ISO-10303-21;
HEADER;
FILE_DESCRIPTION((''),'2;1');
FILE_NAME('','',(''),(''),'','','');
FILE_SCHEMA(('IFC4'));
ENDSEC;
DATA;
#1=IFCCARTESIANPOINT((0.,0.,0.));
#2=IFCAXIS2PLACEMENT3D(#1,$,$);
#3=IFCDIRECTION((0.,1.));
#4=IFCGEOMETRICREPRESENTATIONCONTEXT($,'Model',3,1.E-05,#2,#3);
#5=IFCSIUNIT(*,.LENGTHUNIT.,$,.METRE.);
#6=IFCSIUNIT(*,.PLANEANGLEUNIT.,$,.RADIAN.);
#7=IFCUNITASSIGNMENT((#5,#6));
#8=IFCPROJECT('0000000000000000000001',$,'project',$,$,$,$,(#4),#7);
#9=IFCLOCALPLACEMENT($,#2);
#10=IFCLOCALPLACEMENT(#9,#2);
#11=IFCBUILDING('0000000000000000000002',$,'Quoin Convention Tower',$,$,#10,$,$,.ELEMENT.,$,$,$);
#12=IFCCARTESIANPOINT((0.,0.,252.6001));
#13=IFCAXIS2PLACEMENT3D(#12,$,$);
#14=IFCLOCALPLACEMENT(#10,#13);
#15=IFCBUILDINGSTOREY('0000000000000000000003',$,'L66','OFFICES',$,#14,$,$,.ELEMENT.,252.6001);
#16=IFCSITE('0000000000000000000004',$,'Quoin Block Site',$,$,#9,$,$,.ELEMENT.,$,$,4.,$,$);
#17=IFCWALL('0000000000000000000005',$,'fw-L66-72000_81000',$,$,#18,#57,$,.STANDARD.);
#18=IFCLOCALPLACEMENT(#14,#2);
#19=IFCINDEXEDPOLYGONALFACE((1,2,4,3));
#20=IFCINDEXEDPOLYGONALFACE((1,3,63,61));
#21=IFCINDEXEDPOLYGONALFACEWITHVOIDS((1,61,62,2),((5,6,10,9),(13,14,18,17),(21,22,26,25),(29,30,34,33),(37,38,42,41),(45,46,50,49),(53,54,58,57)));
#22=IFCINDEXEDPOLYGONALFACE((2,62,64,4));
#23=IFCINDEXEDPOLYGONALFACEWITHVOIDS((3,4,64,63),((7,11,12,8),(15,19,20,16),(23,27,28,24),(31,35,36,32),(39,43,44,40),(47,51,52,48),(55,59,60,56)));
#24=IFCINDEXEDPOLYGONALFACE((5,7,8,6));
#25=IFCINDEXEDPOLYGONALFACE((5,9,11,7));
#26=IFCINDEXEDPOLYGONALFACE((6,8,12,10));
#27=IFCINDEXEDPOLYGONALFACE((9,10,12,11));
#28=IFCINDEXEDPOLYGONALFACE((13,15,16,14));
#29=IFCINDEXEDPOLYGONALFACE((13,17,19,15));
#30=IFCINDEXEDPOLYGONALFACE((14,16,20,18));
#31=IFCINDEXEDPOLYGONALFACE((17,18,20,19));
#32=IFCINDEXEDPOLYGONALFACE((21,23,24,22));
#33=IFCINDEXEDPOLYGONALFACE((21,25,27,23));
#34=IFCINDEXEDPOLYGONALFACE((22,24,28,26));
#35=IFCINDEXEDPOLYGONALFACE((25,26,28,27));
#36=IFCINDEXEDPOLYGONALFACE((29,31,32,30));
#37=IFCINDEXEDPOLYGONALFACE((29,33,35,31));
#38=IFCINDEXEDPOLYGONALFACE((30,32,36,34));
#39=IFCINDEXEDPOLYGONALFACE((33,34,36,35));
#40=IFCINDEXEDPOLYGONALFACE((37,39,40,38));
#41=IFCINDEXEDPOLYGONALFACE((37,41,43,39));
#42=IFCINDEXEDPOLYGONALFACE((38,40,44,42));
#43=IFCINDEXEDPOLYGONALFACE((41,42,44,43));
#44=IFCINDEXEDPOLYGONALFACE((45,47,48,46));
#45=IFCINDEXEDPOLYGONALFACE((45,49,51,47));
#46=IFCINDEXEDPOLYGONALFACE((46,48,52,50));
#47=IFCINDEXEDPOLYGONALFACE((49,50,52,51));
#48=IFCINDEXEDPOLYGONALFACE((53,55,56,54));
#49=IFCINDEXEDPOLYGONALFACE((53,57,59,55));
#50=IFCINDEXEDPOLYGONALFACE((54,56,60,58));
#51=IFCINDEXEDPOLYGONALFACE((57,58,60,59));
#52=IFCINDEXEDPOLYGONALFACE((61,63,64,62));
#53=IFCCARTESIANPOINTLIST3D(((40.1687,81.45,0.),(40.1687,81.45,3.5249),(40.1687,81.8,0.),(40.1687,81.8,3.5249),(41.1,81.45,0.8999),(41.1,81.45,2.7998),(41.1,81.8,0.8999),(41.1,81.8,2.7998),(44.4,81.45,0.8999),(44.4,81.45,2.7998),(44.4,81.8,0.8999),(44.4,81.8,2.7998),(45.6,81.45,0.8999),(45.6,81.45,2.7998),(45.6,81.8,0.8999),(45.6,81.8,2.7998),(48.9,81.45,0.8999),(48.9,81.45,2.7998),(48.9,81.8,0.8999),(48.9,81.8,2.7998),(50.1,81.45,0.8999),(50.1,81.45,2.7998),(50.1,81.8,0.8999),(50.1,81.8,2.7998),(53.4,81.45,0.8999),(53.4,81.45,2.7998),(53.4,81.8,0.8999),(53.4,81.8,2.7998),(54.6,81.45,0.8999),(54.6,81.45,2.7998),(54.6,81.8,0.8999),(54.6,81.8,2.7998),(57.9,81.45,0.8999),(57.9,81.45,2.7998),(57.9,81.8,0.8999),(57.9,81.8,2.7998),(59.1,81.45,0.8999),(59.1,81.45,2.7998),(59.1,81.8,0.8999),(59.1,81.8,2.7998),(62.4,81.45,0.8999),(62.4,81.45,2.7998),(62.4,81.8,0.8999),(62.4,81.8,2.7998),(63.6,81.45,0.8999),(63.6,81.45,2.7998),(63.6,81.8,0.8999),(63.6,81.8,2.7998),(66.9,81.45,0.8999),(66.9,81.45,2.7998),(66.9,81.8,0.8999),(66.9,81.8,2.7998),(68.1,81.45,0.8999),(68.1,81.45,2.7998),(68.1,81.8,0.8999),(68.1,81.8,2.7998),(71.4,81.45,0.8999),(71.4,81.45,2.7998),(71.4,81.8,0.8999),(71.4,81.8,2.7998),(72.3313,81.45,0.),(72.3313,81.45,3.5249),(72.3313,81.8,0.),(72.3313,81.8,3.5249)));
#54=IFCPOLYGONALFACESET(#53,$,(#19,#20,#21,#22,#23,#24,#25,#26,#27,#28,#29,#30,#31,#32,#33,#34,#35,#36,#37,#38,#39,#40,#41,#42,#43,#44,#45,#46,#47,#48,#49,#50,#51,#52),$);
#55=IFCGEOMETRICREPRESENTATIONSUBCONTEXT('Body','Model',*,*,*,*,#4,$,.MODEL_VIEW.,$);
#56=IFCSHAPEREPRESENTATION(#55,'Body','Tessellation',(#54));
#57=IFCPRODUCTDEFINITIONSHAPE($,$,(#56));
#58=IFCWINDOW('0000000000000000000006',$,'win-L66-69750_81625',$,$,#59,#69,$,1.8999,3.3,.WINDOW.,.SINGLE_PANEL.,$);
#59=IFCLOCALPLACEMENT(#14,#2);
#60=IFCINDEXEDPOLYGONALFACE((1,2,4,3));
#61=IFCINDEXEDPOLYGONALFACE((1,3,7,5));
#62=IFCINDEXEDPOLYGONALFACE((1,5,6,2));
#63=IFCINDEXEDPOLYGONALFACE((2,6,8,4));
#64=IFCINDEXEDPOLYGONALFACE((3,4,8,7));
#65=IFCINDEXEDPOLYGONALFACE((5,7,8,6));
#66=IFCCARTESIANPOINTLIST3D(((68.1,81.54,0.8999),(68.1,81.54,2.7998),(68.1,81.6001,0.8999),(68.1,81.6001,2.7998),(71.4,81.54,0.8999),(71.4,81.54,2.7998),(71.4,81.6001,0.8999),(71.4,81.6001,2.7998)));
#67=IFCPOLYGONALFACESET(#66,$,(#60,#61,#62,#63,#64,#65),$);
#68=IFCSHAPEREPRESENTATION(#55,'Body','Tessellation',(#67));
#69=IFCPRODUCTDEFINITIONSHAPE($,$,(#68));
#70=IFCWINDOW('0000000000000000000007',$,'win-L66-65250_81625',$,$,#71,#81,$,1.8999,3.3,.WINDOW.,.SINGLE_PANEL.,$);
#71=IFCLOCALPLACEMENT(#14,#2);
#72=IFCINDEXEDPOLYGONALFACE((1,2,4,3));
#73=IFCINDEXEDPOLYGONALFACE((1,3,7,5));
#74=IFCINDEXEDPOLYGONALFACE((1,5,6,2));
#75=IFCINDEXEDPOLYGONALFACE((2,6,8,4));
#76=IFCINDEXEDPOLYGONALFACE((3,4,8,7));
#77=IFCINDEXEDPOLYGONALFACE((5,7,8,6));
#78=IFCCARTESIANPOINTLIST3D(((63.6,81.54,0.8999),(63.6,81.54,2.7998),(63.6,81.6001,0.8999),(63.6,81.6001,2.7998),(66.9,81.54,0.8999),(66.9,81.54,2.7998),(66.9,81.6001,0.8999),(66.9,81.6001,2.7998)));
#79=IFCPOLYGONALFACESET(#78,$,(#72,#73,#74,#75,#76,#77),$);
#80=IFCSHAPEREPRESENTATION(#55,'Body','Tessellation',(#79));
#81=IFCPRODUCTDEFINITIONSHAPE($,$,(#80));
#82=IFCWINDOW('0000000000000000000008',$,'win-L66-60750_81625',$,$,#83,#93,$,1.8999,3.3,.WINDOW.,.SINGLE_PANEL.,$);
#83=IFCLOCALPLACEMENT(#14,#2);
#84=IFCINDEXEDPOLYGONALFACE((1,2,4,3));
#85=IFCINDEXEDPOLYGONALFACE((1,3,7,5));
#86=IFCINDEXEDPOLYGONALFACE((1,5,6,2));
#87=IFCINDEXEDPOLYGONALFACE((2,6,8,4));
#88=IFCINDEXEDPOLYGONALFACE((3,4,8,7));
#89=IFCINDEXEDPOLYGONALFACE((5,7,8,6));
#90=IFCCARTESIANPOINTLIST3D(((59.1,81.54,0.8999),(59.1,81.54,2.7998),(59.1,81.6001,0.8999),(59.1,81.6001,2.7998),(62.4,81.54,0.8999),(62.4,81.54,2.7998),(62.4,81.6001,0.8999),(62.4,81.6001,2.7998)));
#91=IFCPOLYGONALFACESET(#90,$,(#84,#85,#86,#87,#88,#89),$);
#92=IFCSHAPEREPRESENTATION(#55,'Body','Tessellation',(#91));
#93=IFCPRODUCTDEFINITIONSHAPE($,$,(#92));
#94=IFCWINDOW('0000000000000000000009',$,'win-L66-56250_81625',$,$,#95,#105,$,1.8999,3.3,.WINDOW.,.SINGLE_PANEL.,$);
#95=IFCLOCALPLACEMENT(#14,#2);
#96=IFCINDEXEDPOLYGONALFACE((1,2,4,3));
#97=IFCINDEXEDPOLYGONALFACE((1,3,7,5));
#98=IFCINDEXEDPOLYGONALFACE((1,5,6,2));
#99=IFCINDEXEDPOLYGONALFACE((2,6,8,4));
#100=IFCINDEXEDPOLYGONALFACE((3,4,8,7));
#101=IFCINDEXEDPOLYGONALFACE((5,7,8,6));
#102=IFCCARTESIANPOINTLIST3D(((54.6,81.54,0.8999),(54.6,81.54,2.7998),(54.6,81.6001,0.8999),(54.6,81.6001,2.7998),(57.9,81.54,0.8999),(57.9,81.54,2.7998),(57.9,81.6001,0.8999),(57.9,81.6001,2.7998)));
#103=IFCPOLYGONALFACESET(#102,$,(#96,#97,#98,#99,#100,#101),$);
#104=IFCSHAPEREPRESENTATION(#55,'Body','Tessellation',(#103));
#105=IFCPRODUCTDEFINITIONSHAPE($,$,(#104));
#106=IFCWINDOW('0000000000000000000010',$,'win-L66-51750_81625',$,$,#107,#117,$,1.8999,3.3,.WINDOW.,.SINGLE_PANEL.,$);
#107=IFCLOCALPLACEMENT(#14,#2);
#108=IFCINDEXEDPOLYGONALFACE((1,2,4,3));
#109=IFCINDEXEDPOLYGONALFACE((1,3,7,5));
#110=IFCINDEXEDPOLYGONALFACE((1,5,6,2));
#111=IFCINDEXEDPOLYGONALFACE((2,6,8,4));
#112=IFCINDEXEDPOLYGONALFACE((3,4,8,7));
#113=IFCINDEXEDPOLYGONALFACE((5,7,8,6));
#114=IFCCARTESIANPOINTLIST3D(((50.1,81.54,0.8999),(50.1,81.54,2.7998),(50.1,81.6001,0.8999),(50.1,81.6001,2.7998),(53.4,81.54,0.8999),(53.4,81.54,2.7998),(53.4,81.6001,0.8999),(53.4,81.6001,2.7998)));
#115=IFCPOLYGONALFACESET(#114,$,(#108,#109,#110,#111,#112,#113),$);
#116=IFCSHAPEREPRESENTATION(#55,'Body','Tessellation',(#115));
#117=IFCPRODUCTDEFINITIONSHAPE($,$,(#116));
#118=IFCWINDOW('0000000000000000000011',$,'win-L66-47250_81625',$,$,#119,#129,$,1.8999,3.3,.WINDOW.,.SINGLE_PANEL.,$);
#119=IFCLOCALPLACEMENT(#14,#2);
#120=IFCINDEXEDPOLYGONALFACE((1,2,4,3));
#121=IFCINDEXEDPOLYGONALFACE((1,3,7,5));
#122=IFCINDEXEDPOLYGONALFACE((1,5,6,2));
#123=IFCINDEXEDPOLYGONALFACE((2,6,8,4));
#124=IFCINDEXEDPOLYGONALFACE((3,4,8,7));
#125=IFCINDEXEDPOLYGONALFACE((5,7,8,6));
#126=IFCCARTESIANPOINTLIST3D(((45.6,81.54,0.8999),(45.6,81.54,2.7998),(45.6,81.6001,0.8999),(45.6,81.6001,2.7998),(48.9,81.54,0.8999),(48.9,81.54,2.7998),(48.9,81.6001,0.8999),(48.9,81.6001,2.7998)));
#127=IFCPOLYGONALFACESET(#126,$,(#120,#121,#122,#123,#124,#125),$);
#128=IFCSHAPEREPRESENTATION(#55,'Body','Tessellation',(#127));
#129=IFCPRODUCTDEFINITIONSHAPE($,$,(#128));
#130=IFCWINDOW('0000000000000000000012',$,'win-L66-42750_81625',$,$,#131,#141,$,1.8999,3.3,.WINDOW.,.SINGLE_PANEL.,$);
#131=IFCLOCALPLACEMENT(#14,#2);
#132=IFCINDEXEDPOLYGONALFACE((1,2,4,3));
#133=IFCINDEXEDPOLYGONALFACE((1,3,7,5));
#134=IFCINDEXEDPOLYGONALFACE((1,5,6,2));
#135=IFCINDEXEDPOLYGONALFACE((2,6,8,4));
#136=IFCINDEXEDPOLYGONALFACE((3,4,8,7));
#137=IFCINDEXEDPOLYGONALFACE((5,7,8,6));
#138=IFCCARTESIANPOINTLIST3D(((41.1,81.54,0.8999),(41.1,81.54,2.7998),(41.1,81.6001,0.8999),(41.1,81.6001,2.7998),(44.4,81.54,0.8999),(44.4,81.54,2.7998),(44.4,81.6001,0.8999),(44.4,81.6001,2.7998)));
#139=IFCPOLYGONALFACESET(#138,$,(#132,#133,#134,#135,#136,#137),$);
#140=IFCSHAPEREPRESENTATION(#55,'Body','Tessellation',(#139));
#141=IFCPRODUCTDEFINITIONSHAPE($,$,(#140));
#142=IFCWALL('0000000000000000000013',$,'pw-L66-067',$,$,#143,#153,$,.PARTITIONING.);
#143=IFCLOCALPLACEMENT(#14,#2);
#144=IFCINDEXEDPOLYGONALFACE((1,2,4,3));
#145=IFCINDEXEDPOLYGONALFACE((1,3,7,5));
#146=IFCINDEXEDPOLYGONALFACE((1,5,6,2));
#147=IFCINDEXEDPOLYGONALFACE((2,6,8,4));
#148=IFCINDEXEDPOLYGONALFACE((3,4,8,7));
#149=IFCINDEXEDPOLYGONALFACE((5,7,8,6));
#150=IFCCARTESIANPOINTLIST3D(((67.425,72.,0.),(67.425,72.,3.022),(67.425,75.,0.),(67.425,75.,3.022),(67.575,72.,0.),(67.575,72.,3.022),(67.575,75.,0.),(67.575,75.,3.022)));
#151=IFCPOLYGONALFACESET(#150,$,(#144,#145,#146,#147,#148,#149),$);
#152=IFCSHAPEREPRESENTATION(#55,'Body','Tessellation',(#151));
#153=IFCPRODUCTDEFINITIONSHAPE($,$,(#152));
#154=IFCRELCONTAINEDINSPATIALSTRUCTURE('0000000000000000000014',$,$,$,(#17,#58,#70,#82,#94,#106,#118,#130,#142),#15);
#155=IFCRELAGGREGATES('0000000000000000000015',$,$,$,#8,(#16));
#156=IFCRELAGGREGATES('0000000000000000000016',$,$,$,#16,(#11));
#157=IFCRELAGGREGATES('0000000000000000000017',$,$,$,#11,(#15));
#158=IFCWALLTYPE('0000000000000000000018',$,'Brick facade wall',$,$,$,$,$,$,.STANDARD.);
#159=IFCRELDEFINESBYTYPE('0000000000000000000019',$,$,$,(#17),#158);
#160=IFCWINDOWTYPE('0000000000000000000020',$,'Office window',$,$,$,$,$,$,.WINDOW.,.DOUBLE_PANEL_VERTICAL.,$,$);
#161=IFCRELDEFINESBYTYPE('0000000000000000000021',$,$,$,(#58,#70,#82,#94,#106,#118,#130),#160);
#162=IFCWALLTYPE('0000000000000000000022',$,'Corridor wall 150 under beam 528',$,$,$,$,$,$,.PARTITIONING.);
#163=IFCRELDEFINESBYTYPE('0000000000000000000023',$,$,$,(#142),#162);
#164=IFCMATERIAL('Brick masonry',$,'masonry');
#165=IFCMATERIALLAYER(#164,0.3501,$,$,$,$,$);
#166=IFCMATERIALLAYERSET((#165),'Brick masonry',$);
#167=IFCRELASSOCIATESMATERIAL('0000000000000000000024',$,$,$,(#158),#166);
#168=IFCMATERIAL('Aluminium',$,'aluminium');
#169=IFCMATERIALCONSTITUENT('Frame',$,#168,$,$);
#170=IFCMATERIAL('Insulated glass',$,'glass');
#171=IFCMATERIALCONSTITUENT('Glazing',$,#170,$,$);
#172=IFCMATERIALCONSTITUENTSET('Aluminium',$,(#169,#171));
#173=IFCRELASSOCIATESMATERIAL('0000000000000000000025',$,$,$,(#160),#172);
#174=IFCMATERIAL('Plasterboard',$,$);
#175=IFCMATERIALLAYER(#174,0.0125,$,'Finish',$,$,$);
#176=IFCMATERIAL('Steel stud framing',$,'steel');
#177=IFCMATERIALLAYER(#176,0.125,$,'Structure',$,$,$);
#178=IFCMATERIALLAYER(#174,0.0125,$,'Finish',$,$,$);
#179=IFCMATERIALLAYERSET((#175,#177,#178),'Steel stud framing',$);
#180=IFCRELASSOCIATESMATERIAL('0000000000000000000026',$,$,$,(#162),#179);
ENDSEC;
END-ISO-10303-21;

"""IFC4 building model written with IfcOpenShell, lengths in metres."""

from ifc_helpers import new_model, si_unit, direction, frame, frame_2d, origin, place, context, subcontext, project, spatial, rectangle, extrude, material, layer, layer_set, constituent, constituent_set, type_object, element, fill, save


model = new_model("IFC4")

# Units and contexts
model_context = context("Model", 3, precision=1e-05, world=origin(), true_north=direction((0.0, 1.0)))
body_context = subcontext(model_context, "Body", "Model", "MODEL_VIEW")
ifc_project = project(units=[si_unit("LENGTHUNIT", "METRE"), si_unit("PLANEANGLEUNIT", "RADIAN")], contexts=[model_context])

# Site, building, storey
site_placement = place(None, origin())
site = spatial("IfcSite", under=ifc_project, at=site_placement, Name="Quoin Block Site", CompositionType="ELEMENT", RefElevation=4.0)
building_placement = place(site_placement, origin())
building = spatial("IfcBuilding", under=site, at=building_placement, Name="Quoin Convention Tower", CompositionType="ELEMENT")
storey_placement = place(building_placement, frame((0.0, 0.0, 252.6001)))
storey = spatial("IfcBuildingStorey", under=building, at=storey_placement, Name="L66", Description="OFFICES", CompositionType="ELEMENT", Elevation=252.6001)

# Shared definitions
ifc_material_1 = material(Name="Plasterboard")
ifc_material_2 = material(Name="Steel stud framing", Category="steel")

# Shared definitions
ifc_material_3 = material(Name="Brick masonry", Category="masonry")
ifc_layer_1 = layer(ifc_material_3, 0.3501)
ifc_layer_set_1 = layer_set([ifc_layer_1], Name="Brick masonry")
wall_type_1 = type_object("IfcWallType", Name="Brick facade wall", PredefinedType="STANDARD", material=ifc_layer_set_1)
ifc_material_4 = material(Name="Aluminium", Category="aluminium")
ifc_constituent_1 = constituent(ifc_material_4, Name="Frame")
ifc_material_5 = material(Name="Insulated glass", Category="glass")
ifc_constituent_2 = constituent(ifc_material_5, Name="Glazing")
ifc_constituent_set = constituent_set(constituents=[ifc_constituent_1, ifc_constituent_2], Name="Aluminium")
window_type = type_object("IfcWindowType", Name="Office window", PartitioningType="DOUBLE_PANEL_VERTICAL", PredefinedType="WINDOW", material=ifc_constituent_set)

# Wall, openings, windows
wall_1_placement = place(storey_placement, frame((72.3313, 81.625, 0.0), z_axis=(0.0, 0.0, 1.0), x_axis=(-1.0, 0.0, 0.0)))
wall_1 = element("IfcWall", 1, at=wall_1_placement, inside=storey, type_object=wall_type_1, Name="fw-L66-72000_81000", PredefinedType="STANDARD", context=body_context, shape_type="SweptSolid", body=[
    extrude(rectangle(XDim=32.1626, YDim=0.3501, at=frame_2d((16.0813, 0.0))), origin(), (0.0, 0.0, 1.0), 3.5249),
])
opening_1_placement = place(wall_1_placement, frame((0.9314, 0.0, 0.8999)))
opening_1 = element("IfcOpeningElement", 2, at=opening_1_placement, cuts=wall_1, PredefinedType="OPENING", context=body_context, shape_type="SweptSolid", body=[
    extrude(rectangle(XDim=3.3, YDim=1.8999, at=frame_2d((1.6499, 0.95))), frame((0.0, 0.1851, 0.0), z_axis=(0.0, -1.0, 0.0), x_axis=(1.0, 0.0, 0.0)), (0.0, 0.0, 1.0), 0.3701),
])
opening_2_placement = place(wall_1_placement, frame((5.4314, 0.0, 0.8999)))
opening_2 = element("IfcOpeningElement", 3, at=opening_2_placement, cuts=wall_1, PredefinedType="OPENING", context=body_context, shape_type="SweptSolid", body=[
    extrude(rectangle(XDim=3.3, YDim=1.8999, at=frame_2d((1.6499, 0.95))), frame((0.0, 0.1851, 0.0), z_axis=(0.0, -1.0, 0.0), x_axis=(1.0, 0.0, 0.0)), (0.0, 0.0, 1.0), 0.3701),
])
opening_3_placement = place(wall_1_placement, frame((9.9314, 0.0, 0.8999)))
opening_3 = element("IfcOpeningElement", 4, at=opening_3_placement, cuts=wall_1, PredefinedType="OPENING", context=body_context, shape_type="SweptSolid", body=[
    extrude(rectangle(XDim=3.3, YDim=1.8999, at=frame_2d((1.6499, 0.95))), frame((0.0, 0.1851, 0.0), z_axis=(0.0, -1.0, 0.0), x_axis=(1.0, 0.0, 0.0)), (0.0, 0.0, 1.0), 0.3701),
])
opening_4_placement = place(wall_1_placement, frame((14.4314, 0.0, 0.8999)))
opening_4 = element("IfcOpeningElement", 5, at=opening_4_placement, cuts=wall_1, PredefinedType="OPENING", context=body_context, shape_type="SweptSolid", body=[
    extrude(rectangle(XDim=3.3, YDim=1.8999, at=frame_2d((1.6499, 0.95))), frame((0.0, 0.1851, 0.0), z_axis=(0.0, -1.0, 0.0), x_axis=(1.0, 0.0, 0.0)), (0.0, 0.0, 1.0), 0.3701),
])
opening_5_placement = place(wall_1_placement, frame((18.9314, 0.0, 0.8999)))
opening_5 = element("IfcOpeningElement", 6, at=opening_5_placement, cuts=wall_1, PredefinedType="OPENING", context=body_context, shape_type="SweptSolid", body=[
    extrude(rectangle(XDim=3.3, YDim=1.8999, at=frame_2d((1.6499, 0.95))), frame((0.0, 0.1851, 0.0), z_axis=(0.0, -1.0, 0.0), x_axis=(1.0, 0.0, 0.0)), (0.0, 0.0, 1.0), 0.3701),
])
opening_6_placement = place(wall_1_placement, frame((23.4314, 0.0, 0.8999)))
opening_6 = element("IfcOpeningElement", 7, at=opening_6_placement, cuts=wall_1, PredefinedType="OPENING", context=body_context, shape_type="SweptSolid", body=[
    extrude(rectangle(XDim=3.3, YDim=1.8999, at=frame_2d((1.6499, 0.95))), frame((0.0, 0.1851, 0.0), z_axis=(0.0, -1.0, 0.0), x_axis=(1.0, 0.0, 0.0)), (0.0, 0.0, 1.0), 0.3701),
])
opening_7_placement = place(wall_1_placement, frame((27.9314, 0.0, 0.8999)))
opening_7 = element("IfcOpeningElement", 8, at=opening_7_placement, cuts=wall_1, PredefinedType="OPENING", context=body_context, shape_type="SweptSolid", body=[
    extrude(rectangle(XDim=3.3, YDim=1.8999, at=frame_2d((1.6499, 0.95))), frame((0.0, 0.1851, 0.0), z_axis=(0.0, -1.0, 0.0), x_axis=(1.0, 0.0, 0.0)), (0.0, 0.0, 1.0), 0.3701),
])
window_1_placement = place(opening_1_placement, origin())
window_1 = element("IfcWindow", 9, at=window_1_placement, inside=storey, type_object=window_type, Name="win-L66-69750_81625", OverallHeight=1.8999, OverallWidth=3.3, PartitioningType="SINGLE_PANEL", PredefinedType="WINDOW", context=body_context, shape_type="SweptSolid", body=[
    extrude(rectangle(XDim=3.3, YDim=1.8999, at=frame_2d((1.6499, 0.95))), frame((0.0, 0.085, 0.0), z_axis=(0.0, -1.0, 0.0), x_axis=(1.0, 0.0, 0.0)), (0.0, 0.0, 1.0), 0.0601),
])
fill(opening_1, window_1)
window_2_placement = place(opening_2_placement, origin())
window_2 = element("IfcWindow", 10, at=window_2_placement, inside=storey, type_object=window_type, Name="win-L66-65250_81625", OverallHeight=1.8999, OverallWidth=3.3, PartitioningType="SINGLE_PANEL", PredefinedType="WINDOW", context=body_context, shape_type="SweptSolid", body=[
    extrude(rectangle(XDim=3.3, YDim=1.8999, at=frame_2d((1.6499, 0.95))), frame((0.0, 0.085, 0.0), z_axis=(0.0, -1.0, 0.0), x_axis=(1.0, 0.0, 0.0)), (0.0, 0.0, 1.0), 0.0601),
])
fill(opening_2, window_2)
window_3_placement = place(opening_3_placement, origin())
window_3 = element("IfcWindow", 11, at=window_3_placement, inside=storey, type_object=window_type, Name="win-L66-60750_81625", OverallHeight=1.8999, OverallWidth=3.3, PartitioningType="SINGLE_PANEL", PredefinedType="WINDOW", context=body_context, shape_type="SweptSolid", body=[
    extrude(rectangle(XDim=3.3, YDim=1.8999, at=frame_2d((1.6499, 0.95))), frame((0.0, 0.085, 0.0), z_axis=(0.0, -1.0, 0.0), x_axis=(1.0, 0.0, 0.0)), (0.0, 0.0, 1.0), 0.0601),
])
fill(opening_3, window_3)
window_4_placement = place(opening_4_placement, origin())
window_4 = element("IfcWindow", 12, at=window_4_placement, inside=storey, type_object=window_type, Name="win-L66-56250_81625", OverallHeight=1.8999, OverallWidth=3.3, PartitioningType="SINGLE_PANEL", PredefinedType="WINDOW", context=body_context, shape_type="SweptSolid", body=[
    extrude(rectangle(XDim=3.3, YDim=1.8999, at=frame_2d((1.6499, 0.95))), frame((0.0, 0.085, 0.0), z_axis=(0.0, -1.0, 0.0), x_axis=(1.0, 0.0, 0.0)), (0.0, 0.0, 1.0), 0.0601),
])
fill(opening_4, window_4)
window_5_placement = place(opening_5_placement, origin())
window_5 = element("IfcWindow", 13, at=window_5_placement, inside=storey, type_object=window_type, Name="win-L66-51750_81625", OverallHeight=1.8999, OverallWidth=3.3, PartitioningType="SINGLE_PANEL", PredefinedType="WINDOW", context=body_context, shape_type="SweptSolid", body=[
    extrude(rectangle(XDim=3.3, YDim=1.8999, at=frame_2d((1.6499, 0.95))), frame((0.0, 0.085, 0.0), z_axis=(0.0, -1.0, 0.0), x_axis=(1.0, 0.0, 0.0)), (0.0, 0.0, 1.0), 0.0601),
])
fill(opening_5, window_5)
window_6_placement = place(opening_6_placement, origin())
window_6 = element("IfcWindow", 14, at=window_6_placement, inside=storey, type_object=window_type, Name="win-L66-47250_81625", OverallHeight=1.8999, OverallWidth=3.3, PartitioningType="SINGLE_PANEL", PredefinedType="WINDOW", context=body_context, shape_type="SweptSolid", body=[
    extrude(rectangle(XDim=3.3, YDim=1.8999, at=frame_2d((1.6499, 0.95))), frame((0.0, 0.085, 0.0), z_axis=(0.0, -1.0, 0.0), x_axis=(1.0, 0.0, 0.0)), (0.0, 0.0, 1.0), 0.0601),
])
fill(opening_6, window_6)
window_7_placement = place(opening_7_placement, origin())
window_7 = element("IfcWindow", 15, at=window_7_placement, inside=storey, type_object=window_type, Name="win-L66-42750_81625", OverallHeight=1.8999, OverallWidth=3.3, PartitioningType="SINGLE_PANEL", PredefinedType="WINDOW", context=body_context, shape_type="SweptSolid", body=[
    extrude(rectangle(XDim=3.3, YDim=1.8999, at=frame_2d((1.6499, 0.95))), frame((0.0, 0.085, 0.0), z_axis=(0.0, -1.0, 0.0), x_axis=(1.0, 0.0, 0.0)), (0.0, 0.0, 1.0), 0.0601),
])
fill(opening_7, window_7)

# Wall
ifc_layer_2 = layer(ifc_material_1, 0.0125, Name="Finish")
ifc_layer_3 = layer(ifc_material_2, 0.125, Name="Structure")
ifc_layer_4 = layer(ifc_material_1, 0.0125, Name="Finish")
ifc_layer_set_2 = layer_set([ifc_layer_2, ifc_layer_3, ifc_layer_4], Name="Steel stud framing")
wall_type_2 = type_object("IfcWallType", Name="Corridor wall 150 under beam 528", PredefinedType="PARTITIONING", material=ifc_layer_set_2)
wall_2_placement = place(storey_placement, frame((67.5, 72.0, 0.0), z_axis=(0.0, 0.0, 1.0), x_axis=(0.0, 1.0, 0.0)))
element("IfcWall", 16, at=wall_2_placement, inside=storey, type_object=wall_type_2, Name="pw-L66-067", PredefinedType="PARTITIONING", context=body_context, shape_type="SweptSolid", body=[
    extrude(rectangle(XDim=3.0, YDim=0.1499, at=frame_2d((1.5, 0.0))), origin(), (0.0, 0.0, 1.0), 3.022),
])

save(model, "model.ifc")
